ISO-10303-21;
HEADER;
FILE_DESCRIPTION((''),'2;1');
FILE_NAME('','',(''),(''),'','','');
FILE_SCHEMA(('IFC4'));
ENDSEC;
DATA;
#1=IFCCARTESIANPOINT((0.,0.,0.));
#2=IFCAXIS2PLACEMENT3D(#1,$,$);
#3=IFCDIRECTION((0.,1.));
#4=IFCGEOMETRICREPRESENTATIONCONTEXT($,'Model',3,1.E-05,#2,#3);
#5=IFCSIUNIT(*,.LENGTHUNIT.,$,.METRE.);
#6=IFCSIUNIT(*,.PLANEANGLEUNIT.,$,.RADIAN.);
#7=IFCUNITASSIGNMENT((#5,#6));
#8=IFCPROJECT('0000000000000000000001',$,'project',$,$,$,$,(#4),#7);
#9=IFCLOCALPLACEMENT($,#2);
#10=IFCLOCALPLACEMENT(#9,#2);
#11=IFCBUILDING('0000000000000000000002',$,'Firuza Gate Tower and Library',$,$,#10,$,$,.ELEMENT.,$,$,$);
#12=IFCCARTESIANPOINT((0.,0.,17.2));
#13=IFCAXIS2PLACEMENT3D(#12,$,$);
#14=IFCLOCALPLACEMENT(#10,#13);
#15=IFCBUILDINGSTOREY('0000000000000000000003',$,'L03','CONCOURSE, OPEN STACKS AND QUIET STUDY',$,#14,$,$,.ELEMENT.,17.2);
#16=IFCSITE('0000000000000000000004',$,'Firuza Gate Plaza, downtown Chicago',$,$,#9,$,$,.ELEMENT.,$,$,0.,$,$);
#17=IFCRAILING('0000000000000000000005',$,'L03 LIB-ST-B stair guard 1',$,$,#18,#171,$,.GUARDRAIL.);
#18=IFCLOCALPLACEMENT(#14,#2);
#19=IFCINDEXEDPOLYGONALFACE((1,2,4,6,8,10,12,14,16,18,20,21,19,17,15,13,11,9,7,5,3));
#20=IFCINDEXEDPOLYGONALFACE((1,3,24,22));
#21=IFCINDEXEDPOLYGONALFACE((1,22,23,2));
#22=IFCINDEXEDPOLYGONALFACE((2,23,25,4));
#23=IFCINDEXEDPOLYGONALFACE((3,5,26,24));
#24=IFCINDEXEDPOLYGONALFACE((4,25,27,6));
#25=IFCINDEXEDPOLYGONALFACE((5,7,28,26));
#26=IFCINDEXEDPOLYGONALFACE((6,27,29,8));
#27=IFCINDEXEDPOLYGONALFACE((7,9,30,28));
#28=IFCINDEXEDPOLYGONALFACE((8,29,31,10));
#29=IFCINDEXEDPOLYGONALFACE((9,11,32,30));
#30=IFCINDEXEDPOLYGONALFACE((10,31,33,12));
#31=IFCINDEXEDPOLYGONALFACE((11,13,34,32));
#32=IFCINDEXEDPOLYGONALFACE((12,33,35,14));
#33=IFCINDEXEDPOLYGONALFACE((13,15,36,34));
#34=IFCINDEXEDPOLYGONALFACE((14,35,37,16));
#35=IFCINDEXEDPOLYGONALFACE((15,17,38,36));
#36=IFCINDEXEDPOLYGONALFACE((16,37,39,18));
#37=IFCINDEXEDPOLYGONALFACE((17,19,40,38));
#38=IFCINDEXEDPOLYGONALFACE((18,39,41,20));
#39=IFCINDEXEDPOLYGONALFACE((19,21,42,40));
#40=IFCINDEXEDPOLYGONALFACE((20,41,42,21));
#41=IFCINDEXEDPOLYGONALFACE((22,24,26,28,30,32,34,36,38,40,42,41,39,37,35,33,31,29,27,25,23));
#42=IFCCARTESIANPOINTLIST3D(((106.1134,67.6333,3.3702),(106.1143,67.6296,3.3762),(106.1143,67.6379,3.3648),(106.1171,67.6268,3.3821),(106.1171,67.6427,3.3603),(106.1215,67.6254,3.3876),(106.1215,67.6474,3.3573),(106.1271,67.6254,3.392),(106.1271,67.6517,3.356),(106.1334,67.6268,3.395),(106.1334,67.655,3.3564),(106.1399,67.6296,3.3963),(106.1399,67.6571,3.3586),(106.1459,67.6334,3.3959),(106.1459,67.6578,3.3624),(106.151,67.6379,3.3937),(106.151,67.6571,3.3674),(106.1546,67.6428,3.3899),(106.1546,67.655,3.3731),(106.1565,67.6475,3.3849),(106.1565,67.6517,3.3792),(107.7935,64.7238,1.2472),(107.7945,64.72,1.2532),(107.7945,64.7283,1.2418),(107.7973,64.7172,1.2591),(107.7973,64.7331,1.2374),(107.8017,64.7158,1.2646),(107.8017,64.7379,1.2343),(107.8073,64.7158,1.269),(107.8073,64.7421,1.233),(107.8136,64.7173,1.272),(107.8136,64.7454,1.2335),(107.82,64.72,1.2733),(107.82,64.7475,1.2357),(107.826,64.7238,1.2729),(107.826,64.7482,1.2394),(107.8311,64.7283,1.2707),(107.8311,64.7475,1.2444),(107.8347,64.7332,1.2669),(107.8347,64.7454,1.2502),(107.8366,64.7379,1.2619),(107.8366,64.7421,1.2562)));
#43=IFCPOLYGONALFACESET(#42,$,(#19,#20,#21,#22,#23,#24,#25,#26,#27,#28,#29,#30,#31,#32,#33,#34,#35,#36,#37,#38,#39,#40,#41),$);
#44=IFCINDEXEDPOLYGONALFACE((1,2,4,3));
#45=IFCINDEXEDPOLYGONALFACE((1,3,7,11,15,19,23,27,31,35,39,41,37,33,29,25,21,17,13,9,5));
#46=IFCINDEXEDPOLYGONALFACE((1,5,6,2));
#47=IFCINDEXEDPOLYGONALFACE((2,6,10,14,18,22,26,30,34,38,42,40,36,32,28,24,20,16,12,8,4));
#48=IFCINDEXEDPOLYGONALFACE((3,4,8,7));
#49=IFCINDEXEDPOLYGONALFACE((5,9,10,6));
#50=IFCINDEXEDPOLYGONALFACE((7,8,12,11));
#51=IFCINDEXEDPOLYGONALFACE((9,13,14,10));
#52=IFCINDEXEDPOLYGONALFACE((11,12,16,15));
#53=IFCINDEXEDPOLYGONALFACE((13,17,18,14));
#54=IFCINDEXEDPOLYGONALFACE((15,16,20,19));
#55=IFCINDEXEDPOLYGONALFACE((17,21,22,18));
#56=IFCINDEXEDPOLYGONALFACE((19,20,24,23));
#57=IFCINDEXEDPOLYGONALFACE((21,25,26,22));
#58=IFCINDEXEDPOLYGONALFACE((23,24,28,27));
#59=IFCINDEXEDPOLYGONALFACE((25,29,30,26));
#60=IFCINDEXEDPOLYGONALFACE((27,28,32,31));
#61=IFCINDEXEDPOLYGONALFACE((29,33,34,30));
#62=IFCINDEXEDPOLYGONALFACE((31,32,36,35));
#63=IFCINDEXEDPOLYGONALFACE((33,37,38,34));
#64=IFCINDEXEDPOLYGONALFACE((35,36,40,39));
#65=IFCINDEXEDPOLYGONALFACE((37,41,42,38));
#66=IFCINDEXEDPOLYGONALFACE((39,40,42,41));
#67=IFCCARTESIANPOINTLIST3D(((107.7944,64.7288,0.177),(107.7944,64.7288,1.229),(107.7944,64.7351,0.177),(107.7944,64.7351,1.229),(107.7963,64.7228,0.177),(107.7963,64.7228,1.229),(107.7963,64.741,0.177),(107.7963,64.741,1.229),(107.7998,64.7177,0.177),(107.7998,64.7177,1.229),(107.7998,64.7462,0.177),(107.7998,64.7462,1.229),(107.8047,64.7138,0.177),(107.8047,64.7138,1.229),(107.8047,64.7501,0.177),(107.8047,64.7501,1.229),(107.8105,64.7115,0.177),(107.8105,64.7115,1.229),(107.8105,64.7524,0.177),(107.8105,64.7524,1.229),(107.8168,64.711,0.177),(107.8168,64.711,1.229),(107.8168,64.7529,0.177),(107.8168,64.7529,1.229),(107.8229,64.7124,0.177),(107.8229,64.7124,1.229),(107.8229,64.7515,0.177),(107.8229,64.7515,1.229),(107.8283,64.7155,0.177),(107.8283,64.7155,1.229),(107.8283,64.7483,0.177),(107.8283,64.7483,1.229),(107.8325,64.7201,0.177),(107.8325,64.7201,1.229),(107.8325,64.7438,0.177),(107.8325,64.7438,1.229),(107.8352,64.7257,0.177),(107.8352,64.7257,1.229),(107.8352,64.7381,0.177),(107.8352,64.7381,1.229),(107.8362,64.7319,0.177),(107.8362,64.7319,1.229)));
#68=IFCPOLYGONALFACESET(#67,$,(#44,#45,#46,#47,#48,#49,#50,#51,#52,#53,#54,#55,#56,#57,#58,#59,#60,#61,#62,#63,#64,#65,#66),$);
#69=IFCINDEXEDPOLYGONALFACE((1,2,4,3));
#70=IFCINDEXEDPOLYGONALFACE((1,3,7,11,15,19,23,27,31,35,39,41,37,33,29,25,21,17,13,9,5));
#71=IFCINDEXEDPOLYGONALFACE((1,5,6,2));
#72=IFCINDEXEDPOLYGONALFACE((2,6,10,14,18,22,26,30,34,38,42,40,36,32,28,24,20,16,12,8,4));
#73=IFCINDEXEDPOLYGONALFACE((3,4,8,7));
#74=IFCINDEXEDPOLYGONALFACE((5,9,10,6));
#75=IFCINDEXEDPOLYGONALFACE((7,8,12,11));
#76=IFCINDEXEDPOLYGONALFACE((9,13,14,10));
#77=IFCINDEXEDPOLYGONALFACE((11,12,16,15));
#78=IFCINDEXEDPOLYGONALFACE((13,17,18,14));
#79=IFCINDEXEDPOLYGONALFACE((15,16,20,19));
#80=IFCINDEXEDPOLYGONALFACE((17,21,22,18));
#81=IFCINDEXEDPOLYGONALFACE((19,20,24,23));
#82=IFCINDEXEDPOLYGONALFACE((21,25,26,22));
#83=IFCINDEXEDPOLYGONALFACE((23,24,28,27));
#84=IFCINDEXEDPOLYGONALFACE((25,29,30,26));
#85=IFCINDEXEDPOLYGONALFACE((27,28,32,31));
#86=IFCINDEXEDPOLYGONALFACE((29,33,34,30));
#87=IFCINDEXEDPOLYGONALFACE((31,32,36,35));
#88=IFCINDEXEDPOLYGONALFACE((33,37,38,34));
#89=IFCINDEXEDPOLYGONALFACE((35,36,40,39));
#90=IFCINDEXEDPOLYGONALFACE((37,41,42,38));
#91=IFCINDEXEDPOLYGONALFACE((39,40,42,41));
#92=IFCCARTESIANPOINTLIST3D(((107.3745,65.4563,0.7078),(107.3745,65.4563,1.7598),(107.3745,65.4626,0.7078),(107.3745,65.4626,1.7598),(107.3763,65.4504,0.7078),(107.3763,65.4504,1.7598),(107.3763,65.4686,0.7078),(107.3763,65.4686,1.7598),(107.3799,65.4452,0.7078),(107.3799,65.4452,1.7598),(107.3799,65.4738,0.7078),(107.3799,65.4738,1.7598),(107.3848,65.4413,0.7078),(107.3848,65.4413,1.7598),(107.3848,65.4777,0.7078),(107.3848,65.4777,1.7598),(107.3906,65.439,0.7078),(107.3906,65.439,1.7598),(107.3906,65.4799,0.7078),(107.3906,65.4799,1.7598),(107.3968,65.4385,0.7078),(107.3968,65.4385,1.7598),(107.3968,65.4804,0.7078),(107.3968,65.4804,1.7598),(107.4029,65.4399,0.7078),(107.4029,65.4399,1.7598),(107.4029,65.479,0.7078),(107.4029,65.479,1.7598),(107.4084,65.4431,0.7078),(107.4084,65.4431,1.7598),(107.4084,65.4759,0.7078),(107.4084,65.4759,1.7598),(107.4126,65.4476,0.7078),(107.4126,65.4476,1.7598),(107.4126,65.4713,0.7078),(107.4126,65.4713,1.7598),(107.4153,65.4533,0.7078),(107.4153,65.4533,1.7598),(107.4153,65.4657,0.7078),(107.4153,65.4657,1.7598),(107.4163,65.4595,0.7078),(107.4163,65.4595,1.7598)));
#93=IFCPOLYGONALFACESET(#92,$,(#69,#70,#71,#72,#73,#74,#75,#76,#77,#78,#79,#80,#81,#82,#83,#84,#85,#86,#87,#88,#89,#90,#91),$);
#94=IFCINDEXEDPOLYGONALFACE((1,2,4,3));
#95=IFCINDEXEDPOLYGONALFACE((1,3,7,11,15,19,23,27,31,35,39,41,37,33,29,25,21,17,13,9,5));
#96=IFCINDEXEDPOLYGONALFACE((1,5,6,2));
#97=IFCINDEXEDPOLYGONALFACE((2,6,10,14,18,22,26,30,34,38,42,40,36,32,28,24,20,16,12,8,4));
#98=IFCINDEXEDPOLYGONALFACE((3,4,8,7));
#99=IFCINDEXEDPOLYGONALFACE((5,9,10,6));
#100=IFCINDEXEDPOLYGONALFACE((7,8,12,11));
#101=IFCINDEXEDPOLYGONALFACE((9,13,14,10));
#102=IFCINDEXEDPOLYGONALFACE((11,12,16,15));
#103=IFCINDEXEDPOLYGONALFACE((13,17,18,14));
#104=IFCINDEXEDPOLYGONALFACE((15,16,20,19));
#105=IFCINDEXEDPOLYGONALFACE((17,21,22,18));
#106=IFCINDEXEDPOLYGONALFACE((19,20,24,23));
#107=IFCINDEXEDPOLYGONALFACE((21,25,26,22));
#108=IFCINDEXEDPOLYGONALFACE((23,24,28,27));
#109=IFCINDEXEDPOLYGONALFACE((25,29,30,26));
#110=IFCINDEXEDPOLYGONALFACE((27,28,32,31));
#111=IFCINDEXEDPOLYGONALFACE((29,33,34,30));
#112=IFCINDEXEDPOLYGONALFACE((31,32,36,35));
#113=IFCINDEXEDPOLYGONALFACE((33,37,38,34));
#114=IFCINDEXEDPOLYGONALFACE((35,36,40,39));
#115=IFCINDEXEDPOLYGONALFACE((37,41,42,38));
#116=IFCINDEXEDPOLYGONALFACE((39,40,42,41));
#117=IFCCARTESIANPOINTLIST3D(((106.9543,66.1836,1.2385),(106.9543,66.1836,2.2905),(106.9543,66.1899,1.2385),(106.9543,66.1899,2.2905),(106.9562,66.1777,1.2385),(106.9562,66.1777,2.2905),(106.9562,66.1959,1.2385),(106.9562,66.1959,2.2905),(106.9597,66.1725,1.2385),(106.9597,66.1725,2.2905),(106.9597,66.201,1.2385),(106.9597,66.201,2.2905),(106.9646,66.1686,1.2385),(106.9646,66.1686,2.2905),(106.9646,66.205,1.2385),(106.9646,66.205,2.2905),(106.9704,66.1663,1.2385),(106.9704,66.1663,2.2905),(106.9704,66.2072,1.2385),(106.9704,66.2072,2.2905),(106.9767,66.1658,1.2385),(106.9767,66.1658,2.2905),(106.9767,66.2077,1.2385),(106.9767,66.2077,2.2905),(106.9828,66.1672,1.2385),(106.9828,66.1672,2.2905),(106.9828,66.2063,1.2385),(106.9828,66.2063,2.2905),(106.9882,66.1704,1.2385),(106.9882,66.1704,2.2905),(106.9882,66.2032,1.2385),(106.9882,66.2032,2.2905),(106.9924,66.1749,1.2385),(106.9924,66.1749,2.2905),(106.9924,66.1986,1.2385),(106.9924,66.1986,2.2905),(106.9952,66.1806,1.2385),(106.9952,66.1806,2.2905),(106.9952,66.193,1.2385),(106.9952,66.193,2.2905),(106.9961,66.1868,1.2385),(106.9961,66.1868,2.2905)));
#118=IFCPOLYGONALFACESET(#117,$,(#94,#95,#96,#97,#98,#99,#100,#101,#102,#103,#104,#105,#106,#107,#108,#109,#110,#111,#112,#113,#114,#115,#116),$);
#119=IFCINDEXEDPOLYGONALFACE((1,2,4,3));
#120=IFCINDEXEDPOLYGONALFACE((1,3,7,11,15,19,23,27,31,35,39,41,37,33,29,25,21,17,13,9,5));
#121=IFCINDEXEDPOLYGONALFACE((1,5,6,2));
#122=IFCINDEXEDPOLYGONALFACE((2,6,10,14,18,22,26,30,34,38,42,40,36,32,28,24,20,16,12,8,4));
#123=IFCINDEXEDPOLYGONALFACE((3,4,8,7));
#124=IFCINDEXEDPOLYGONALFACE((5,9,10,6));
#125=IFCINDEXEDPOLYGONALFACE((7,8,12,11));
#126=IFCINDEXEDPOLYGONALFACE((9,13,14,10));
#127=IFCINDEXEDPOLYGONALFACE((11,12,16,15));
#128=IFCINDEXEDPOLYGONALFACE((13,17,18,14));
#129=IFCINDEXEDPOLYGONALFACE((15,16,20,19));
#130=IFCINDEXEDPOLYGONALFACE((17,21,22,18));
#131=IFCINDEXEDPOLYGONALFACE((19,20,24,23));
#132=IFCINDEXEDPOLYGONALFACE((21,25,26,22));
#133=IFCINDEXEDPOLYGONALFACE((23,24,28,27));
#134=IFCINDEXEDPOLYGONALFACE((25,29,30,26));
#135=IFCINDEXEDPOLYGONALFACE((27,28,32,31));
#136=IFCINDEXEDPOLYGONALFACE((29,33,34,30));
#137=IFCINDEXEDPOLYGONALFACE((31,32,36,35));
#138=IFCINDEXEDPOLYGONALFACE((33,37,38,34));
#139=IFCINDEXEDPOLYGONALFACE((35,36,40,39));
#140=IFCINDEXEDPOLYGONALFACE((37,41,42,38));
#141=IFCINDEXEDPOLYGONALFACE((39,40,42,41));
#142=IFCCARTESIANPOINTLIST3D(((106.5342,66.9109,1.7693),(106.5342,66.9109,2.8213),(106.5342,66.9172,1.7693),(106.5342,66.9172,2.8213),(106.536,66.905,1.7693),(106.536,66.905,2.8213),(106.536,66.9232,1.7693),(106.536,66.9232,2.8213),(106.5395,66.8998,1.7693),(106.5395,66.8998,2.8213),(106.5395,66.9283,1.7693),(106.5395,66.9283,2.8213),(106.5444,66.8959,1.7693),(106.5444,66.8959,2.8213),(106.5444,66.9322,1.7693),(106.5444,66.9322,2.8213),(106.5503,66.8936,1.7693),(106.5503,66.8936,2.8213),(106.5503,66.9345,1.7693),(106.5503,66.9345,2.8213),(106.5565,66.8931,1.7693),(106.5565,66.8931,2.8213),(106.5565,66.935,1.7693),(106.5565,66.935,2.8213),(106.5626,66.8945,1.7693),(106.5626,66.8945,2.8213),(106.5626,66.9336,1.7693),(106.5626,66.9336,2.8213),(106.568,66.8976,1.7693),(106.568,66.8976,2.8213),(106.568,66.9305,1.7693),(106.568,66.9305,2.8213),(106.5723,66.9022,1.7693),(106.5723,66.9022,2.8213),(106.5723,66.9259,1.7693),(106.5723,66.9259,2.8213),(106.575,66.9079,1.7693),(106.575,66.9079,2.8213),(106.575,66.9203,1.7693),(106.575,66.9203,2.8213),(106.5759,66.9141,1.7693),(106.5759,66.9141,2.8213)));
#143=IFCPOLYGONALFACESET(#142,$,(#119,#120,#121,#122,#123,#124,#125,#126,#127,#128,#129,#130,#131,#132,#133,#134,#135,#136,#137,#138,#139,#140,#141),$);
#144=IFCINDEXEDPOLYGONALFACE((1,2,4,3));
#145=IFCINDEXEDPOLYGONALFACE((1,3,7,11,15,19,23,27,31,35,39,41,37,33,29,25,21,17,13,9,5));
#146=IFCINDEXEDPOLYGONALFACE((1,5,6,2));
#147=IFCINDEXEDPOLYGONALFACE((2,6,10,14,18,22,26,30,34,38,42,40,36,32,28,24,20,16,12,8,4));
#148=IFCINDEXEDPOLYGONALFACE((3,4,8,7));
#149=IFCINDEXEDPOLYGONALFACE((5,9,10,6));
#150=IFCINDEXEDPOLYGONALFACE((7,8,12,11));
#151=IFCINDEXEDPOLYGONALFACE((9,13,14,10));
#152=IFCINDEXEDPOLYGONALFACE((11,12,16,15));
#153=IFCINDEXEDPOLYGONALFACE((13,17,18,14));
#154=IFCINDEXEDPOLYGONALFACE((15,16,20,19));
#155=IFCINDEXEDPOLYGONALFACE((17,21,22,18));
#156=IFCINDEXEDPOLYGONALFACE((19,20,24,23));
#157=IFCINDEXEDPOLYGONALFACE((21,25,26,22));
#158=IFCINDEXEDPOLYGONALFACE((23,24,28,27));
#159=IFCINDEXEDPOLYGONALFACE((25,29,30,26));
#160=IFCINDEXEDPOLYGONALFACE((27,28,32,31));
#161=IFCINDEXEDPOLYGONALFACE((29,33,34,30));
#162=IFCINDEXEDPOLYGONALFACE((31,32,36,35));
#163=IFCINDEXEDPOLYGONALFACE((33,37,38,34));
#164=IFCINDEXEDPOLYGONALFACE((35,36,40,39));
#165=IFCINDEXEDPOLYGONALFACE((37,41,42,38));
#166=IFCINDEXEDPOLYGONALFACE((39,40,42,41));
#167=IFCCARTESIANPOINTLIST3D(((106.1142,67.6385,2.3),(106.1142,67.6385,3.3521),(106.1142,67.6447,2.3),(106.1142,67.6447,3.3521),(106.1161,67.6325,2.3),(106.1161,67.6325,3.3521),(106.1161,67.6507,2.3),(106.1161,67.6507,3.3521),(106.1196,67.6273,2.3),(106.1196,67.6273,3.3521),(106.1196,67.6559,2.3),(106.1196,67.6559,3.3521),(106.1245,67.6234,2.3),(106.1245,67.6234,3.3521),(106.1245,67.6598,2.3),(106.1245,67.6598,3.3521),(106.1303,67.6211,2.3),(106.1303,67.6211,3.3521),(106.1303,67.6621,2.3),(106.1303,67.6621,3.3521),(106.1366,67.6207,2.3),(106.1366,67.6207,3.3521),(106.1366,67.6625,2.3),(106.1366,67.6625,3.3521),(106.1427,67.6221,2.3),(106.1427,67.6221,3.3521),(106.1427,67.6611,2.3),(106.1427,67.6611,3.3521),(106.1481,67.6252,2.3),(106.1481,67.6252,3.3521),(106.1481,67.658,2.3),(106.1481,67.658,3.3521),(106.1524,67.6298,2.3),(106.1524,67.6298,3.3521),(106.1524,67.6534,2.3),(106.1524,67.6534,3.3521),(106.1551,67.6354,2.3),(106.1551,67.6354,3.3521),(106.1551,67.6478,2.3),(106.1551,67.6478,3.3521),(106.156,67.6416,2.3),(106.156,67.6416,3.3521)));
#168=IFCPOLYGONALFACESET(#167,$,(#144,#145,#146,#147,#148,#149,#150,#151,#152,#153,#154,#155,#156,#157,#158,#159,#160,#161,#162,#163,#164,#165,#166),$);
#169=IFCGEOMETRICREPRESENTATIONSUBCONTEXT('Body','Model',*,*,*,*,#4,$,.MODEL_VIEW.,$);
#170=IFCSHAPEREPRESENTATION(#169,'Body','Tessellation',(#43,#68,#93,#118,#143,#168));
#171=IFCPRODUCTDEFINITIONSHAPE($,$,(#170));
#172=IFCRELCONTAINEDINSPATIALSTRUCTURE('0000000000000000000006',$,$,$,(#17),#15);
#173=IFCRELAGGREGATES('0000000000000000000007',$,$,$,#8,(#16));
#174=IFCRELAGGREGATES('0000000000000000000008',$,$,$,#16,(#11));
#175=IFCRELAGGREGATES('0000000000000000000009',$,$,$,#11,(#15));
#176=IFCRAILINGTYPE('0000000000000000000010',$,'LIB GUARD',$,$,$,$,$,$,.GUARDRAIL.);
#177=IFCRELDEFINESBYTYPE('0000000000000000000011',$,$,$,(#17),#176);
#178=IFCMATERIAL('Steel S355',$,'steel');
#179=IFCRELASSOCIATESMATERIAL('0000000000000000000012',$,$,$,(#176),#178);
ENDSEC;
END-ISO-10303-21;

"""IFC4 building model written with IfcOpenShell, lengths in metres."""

from ifc_helpers import new_model, si_unit, direction, frame, origin, origin_2d, place, context, subcontext, project, spatial, circle, extrude, material, type_object, element, save


model = new_model("IFC4")

# Units and contexts
model_context = context("Model", 3, precision=1e-05, world=origin(), true_north=direction((0.0, 1.0)))
body_context = subcontext(model_context, "Body", "Model", "MODEL_VIEW")
ifc_project = project(units=[si_unit("LENGTHUNIT", "METRE"), si_unit("PLANEANGLEUNIT", "RADIAN")], contexts=[model_context])

# Site, building, storey
site_placement = place(None, origin())
site = spatial("IfcSite", under=ifc_project, at=site_placement, Name="Firuza Gate Plaza, downtown Chicago", CompositionType="ELEMENT", RefElevation=0.0)
building_placement = place(site_placement, origin())
building = spatial("IfcBuilding", under=site, at=building_placement, Name="Firuza Gate Tower and Library", CompositionType="ELEMENT")
storey_placement = place(building_placement, frame((0.0, 0.0, 17.2)))
storey = spatial("IfcBuildingStorey", under=building, at=storey_placement, Name="L03", Description="CONCOURSE, OPEN STACKS AND QUIET STUDY", CompositionType="ELEMENT", Elevation=17.2)

# Railing
ifc_material_1 = material(Name="Steel S355", Category="steel")
railing_type_1 = type_object("IfcRailingType", Name="LIB GUARD", PredefinedType="GUARDRAIL", material=ifc_material_1)
railing_1_placement = place(storey_placement, frame((107.8152, 64.7319, 0.177)))
element("IfcRailing", 1, at=railing_1_placement, inside=storey, type_object=railing_type_1, Name="L03 LIB-ST-B stair guard 1", PredefinedType="GUARDRAIL", context=body_context, shape_type="SweptSolid", body=[
    extrude(circle(Radius=0.0239, at=origin_2d()), frame((0.0, 0.0, 1.0762), z_axis=(-0.422741, 0.732088, 0.53417), x_axis=(-0.86599, -0.500062, 0.0)), (0.0, 0.0, 1.0), 3.9744),
    extrude(circle(Radius=0.021, at=origin_2d()), origin(), (0.0, 0.0, 1.0), 1.052),
    extrude(circle(Radius=0.021, at=origin_2d()), frame((-0.4199, 0.7275, 0.5308)), (0.0, 0.0, 1.0), 1.052),
    extrude(circle(Radius=0.021, at=origin_2d()), frame((-0.8401, 1.4548, 1.0615)), (0.0, 0.0, 1.0), 1.052),
    extrude(circle(Radius=0.021, at=origin_2d()), frame((-1.2603, 2.1821, 1.5923)), (0.0, 0.0, 1.0), 1.052),
    extrude(circle(Radius=0.021, at=origin_2d()), frame((-1.6802, 2.9097, 2.123)), (0.0, 0.0, 1.0), 1.052),
])

save(model, "model.ifc")
